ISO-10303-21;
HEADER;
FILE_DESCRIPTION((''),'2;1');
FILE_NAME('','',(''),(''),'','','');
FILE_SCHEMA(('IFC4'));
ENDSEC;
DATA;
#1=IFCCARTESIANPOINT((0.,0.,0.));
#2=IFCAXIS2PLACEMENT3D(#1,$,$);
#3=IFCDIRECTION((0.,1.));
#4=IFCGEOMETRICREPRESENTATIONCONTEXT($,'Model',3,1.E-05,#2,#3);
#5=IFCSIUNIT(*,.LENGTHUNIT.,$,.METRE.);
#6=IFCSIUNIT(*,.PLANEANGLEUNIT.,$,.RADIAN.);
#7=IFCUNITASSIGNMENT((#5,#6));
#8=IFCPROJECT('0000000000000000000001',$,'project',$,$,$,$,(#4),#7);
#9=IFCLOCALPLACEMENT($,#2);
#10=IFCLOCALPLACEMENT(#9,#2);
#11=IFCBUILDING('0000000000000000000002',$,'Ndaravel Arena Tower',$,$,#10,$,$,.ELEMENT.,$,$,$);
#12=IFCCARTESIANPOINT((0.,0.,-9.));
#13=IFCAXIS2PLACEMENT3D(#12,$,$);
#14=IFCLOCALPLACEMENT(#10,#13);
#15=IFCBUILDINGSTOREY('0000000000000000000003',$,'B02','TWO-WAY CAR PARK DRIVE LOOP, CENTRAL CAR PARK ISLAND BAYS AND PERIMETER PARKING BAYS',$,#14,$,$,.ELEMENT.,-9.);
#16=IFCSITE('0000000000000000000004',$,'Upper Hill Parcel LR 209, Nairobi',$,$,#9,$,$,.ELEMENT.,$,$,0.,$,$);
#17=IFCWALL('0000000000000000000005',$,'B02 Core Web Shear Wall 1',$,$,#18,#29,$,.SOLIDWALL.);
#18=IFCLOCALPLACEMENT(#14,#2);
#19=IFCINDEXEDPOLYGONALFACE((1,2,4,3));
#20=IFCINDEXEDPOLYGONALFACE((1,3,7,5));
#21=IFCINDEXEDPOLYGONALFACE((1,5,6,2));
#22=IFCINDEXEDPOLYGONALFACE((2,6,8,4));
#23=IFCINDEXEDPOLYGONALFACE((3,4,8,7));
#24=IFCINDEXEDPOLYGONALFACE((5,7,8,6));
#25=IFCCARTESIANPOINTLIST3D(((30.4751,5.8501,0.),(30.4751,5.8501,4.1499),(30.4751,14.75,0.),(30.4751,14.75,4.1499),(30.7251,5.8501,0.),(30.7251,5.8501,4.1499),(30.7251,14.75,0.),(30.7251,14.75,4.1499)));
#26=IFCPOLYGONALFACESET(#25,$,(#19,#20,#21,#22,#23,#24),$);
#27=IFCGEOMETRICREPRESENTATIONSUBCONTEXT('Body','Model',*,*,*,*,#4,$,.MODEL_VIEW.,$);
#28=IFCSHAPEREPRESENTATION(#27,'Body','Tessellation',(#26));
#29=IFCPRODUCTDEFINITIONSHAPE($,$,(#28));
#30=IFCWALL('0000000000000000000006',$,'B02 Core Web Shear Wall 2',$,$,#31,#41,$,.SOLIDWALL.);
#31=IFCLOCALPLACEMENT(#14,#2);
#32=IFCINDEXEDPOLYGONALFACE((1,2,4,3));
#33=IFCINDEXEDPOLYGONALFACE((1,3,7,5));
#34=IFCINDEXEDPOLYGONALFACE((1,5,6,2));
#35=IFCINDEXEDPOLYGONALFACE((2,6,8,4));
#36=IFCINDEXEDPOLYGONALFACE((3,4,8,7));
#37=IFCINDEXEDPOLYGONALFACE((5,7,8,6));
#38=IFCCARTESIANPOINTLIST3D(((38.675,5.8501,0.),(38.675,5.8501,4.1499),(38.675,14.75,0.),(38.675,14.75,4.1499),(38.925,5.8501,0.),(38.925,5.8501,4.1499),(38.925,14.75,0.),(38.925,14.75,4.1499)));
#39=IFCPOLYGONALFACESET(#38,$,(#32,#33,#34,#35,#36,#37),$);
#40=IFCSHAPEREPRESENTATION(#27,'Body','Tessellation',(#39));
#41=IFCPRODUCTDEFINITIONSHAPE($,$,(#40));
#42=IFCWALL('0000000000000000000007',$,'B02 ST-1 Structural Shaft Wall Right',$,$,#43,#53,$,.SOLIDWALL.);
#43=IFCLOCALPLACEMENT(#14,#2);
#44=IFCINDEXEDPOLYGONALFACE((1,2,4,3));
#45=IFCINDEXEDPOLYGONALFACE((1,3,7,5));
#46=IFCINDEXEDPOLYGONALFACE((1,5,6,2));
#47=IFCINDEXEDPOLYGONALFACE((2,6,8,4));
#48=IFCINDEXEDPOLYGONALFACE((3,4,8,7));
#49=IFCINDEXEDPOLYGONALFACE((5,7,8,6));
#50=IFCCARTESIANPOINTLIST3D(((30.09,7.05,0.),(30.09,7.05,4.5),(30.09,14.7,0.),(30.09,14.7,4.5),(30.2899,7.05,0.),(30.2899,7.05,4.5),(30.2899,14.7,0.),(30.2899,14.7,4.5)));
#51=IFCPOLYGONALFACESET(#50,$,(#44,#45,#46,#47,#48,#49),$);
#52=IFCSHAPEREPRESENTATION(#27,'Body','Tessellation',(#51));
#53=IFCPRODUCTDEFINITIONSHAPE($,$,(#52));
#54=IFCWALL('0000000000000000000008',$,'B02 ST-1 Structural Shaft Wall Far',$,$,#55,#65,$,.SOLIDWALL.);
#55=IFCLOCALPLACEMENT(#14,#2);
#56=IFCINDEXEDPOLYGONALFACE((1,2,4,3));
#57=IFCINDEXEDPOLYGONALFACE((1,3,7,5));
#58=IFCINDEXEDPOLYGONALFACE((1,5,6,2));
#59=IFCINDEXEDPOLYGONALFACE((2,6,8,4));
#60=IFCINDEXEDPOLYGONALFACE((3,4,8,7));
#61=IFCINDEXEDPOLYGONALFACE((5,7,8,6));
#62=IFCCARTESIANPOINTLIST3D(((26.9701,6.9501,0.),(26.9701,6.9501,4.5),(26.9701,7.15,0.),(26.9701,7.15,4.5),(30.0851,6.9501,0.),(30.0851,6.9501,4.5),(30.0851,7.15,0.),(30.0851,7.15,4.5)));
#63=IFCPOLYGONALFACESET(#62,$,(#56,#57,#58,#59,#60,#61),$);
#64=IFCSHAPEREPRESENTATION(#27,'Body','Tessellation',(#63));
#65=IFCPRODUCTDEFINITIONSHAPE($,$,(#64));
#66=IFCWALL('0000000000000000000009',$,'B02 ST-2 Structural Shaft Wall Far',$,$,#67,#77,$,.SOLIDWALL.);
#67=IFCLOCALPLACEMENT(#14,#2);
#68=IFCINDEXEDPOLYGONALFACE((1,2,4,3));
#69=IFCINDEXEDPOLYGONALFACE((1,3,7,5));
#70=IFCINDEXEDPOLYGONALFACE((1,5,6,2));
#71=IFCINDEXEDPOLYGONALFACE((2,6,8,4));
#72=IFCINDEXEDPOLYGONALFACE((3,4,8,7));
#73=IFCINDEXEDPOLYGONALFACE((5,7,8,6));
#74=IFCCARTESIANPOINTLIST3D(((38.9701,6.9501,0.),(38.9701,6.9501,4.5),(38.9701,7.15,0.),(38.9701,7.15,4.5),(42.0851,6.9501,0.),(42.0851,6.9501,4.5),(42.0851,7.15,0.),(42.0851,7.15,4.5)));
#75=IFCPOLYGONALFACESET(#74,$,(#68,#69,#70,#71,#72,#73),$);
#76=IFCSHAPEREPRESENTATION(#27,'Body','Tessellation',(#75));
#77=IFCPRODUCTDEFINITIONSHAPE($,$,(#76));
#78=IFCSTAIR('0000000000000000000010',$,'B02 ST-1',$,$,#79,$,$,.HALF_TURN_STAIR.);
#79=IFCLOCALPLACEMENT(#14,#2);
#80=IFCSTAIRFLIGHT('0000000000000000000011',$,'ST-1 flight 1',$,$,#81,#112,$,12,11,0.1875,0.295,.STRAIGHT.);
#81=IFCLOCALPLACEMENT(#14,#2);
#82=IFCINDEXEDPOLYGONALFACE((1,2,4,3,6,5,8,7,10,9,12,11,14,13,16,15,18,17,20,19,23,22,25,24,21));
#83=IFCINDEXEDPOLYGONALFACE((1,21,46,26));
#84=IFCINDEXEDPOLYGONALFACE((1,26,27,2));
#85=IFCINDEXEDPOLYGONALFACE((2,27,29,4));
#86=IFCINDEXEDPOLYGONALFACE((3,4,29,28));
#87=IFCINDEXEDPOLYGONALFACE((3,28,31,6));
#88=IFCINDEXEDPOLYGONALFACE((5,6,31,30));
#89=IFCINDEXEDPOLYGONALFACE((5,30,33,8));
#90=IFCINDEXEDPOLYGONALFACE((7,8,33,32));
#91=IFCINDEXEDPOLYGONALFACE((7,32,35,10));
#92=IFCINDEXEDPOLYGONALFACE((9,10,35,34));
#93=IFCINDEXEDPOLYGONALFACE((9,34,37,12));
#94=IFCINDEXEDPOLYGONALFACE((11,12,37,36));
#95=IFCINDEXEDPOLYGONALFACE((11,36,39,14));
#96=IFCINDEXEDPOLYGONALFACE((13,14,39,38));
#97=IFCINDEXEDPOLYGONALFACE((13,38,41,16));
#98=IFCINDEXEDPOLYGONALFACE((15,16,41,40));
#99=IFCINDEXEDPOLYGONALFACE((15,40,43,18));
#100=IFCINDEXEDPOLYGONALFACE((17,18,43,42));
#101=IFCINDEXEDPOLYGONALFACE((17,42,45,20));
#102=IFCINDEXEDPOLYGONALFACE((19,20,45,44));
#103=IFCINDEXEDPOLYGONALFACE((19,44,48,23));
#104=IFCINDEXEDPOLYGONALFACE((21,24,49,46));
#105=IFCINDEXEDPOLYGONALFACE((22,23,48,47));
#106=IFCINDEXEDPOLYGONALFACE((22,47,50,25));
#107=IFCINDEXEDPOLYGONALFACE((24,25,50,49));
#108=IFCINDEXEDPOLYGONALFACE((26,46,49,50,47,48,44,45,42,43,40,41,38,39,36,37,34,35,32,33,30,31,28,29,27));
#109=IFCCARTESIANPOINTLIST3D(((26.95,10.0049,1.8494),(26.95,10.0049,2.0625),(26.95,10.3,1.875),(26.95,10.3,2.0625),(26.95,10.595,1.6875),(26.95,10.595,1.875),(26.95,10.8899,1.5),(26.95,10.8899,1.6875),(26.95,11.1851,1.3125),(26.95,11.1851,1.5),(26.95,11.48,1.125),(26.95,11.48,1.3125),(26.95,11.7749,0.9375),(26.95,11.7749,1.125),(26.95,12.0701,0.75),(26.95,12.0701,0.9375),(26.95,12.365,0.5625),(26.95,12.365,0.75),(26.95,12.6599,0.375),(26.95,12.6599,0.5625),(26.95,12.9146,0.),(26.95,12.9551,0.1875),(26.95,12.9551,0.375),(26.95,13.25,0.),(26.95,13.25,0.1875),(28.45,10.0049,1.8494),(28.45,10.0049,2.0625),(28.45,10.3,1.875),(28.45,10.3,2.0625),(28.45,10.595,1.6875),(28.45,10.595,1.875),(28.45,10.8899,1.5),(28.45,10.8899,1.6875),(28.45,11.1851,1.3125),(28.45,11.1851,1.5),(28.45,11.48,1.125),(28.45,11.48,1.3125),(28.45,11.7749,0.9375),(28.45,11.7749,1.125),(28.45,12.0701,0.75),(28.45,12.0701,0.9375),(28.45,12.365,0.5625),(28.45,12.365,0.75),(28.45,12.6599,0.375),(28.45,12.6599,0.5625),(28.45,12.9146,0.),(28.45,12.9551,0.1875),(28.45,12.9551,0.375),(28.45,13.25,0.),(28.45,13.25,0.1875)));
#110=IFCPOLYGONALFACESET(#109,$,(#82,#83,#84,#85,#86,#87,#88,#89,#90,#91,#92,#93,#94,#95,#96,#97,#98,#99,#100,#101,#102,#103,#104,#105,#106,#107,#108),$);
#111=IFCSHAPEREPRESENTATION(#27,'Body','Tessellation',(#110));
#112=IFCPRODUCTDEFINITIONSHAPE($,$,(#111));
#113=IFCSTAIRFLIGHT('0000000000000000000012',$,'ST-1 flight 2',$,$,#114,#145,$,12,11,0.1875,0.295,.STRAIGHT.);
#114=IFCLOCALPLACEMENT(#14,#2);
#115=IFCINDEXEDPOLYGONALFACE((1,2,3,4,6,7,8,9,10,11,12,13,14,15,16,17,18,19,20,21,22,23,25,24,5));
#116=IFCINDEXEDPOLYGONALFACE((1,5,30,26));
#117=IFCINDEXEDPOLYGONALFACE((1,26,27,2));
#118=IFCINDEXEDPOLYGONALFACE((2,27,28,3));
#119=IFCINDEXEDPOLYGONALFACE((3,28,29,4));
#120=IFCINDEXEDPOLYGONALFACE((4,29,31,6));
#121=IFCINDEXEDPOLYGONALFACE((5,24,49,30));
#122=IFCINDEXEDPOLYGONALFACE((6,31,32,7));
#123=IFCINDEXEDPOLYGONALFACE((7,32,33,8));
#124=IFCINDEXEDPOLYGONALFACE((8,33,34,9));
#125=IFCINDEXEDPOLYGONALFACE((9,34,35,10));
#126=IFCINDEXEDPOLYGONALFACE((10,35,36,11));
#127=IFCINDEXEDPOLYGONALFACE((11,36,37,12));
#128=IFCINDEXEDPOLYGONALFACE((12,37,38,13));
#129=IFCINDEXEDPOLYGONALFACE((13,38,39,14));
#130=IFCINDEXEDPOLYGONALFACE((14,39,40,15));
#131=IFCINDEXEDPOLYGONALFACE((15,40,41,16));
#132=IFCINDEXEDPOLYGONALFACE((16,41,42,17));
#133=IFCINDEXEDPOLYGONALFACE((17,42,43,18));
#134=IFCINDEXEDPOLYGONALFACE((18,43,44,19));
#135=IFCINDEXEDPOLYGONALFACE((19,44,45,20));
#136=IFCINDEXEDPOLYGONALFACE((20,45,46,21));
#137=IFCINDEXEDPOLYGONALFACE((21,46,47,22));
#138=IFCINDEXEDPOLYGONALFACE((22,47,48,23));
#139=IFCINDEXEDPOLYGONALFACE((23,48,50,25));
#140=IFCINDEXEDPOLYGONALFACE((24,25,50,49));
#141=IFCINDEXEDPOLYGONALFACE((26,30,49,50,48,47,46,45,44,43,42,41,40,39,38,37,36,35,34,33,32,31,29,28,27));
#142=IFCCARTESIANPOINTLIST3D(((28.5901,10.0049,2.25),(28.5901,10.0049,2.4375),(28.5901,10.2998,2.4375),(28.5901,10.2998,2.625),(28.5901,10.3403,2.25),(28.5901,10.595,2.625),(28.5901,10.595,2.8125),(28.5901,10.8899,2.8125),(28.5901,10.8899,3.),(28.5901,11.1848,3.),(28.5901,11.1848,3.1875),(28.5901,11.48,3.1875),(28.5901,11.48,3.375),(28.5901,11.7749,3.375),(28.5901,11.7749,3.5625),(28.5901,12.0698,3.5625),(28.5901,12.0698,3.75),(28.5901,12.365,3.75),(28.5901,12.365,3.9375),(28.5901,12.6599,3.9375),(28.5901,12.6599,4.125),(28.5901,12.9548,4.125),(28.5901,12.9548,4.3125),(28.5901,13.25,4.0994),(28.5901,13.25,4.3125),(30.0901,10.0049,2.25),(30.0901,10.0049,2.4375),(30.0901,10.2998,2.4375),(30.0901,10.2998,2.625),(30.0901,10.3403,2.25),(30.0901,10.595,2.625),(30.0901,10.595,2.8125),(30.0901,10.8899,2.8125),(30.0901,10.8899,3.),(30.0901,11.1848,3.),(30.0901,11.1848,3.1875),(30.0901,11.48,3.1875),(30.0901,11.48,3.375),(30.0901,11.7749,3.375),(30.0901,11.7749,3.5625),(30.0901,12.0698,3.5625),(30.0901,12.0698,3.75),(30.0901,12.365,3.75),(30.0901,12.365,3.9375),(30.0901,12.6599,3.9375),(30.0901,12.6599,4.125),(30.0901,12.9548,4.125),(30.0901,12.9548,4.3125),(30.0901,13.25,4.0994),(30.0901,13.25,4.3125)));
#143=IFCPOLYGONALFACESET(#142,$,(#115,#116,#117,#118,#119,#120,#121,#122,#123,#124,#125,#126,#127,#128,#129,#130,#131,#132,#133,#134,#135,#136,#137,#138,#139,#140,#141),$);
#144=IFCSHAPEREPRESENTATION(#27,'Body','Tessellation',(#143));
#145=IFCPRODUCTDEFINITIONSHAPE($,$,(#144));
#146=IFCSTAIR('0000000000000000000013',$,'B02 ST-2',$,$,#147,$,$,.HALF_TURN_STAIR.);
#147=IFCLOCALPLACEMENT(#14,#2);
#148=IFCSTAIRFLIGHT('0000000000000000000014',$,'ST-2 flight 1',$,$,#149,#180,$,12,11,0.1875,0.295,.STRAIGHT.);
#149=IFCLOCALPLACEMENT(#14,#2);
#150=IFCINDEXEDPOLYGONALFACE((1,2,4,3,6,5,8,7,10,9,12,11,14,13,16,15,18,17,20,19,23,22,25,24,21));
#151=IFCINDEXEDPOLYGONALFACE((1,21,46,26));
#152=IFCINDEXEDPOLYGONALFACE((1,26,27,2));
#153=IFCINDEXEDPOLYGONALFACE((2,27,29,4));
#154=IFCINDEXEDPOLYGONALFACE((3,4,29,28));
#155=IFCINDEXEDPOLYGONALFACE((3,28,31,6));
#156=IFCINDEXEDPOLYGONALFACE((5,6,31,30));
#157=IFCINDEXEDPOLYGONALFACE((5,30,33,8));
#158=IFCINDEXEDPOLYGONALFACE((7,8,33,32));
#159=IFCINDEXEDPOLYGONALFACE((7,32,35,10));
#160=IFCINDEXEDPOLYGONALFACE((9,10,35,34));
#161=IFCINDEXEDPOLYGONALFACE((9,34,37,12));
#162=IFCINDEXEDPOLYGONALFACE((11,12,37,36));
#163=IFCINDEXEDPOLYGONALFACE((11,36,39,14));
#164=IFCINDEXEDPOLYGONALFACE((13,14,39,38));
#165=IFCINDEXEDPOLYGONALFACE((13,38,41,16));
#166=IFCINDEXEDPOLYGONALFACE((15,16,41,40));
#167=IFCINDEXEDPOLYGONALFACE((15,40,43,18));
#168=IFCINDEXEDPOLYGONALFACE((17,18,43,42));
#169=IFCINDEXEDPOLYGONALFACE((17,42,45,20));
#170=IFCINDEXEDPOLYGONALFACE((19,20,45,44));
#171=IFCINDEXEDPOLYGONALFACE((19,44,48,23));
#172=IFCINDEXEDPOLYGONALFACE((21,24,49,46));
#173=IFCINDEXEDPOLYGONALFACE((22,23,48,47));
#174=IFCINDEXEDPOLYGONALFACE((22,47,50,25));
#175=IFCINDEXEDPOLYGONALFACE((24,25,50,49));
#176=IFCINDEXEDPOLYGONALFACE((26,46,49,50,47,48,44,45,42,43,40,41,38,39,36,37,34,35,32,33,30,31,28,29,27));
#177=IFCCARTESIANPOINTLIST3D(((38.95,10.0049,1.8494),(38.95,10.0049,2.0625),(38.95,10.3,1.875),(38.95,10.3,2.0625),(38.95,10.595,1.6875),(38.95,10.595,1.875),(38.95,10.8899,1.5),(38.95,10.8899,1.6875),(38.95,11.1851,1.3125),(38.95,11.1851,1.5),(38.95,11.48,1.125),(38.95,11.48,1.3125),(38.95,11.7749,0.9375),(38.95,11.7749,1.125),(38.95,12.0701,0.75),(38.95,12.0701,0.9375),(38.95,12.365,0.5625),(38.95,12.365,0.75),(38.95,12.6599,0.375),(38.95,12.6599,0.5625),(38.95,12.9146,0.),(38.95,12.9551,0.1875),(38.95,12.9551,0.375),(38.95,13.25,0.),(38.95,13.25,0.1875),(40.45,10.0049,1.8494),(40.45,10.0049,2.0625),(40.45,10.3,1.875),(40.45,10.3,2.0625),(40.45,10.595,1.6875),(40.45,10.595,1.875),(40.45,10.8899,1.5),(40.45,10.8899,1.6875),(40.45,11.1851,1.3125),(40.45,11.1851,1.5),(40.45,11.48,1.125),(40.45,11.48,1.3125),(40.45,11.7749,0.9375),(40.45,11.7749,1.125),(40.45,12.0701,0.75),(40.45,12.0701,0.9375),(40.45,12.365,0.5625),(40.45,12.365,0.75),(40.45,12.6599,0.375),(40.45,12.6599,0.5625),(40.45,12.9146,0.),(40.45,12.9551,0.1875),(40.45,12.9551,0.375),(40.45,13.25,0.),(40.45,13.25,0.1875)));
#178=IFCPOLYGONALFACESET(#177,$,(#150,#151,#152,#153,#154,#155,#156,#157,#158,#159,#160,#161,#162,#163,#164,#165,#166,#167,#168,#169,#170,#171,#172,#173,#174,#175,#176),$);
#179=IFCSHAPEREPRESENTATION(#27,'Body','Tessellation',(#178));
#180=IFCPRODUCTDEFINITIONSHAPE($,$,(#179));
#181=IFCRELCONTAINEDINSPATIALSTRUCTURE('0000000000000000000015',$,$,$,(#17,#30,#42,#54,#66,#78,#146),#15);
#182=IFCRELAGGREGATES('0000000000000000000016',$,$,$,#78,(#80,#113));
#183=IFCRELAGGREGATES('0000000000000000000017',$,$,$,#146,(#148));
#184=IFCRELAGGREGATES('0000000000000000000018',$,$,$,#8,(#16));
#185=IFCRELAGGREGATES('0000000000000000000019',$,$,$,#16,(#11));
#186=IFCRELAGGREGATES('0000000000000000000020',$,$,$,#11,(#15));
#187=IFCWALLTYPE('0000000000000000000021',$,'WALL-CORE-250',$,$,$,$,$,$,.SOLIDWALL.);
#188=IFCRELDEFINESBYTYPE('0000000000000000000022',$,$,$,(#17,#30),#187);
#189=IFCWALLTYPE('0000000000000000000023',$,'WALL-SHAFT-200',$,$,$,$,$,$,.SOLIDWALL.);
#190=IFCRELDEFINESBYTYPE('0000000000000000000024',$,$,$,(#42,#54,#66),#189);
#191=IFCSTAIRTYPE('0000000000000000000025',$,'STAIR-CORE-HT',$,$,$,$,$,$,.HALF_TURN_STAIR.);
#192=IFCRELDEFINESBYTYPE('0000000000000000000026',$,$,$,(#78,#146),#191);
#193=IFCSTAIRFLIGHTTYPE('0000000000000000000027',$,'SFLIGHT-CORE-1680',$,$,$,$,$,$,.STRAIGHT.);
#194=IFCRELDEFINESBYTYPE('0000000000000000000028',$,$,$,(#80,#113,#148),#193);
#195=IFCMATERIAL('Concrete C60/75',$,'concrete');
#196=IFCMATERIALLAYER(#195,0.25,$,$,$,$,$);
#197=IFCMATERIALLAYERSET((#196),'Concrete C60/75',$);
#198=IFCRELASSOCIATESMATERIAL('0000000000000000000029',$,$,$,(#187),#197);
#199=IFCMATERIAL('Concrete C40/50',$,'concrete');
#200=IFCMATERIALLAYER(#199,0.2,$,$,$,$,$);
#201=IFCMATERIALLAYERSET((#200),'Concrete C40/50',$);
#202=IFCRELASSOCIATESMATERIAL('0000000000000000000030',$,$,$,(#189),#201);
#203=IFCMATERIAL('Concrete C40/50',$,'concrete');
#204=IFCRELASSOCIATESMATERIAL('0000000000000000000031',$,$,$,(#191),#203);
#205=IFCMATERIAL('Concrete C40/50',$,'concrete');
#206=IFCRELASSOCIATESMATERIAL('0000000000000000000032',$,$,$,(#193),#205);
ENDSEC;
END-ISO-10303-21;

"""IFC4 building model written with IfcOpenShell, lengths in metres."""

from ifc_helpers import new_model, si_unit, direction, frame, frame_2d, origin, place, context, subcontext, project, spatial, polyline, rectangle, outline, extrude, material, layer, layer_set, type_object, element, aggregate, save


model = new_model("IFC4")

# Units and contexts
model_context = context("Model", 3, precision=1e-05, world=origin(), true_north=direction((0.0, 1.0)))
body_context = subcontext(model_context, "Body", "Model", "MODEL_VIEW")
ifc_project = project(units=[si_unit("LENGTHUNIT", "METRE"), si_unit("PLANEANGLEUNIT", "RADIAN")], contexts=[model_context])

# Site, building, storey
site_placement = place(None, origin())
site = spatial("IfcSite", under=ifc_project, at=site_placement, Name="Upper Hill Parcel LR 209, Nairobi", CompositionType="ELEMENT", RefElevation=0.0)
building_placement = place(site_placement, origin())
building = spatial("IfcBuilding", under=site, at=building_placement, Name="Ndaravel Arena Tower", CompositionType="ELEMENT")
storey_placement = place(building_placement, frame((0.0, 0.0, -9.0)))
storey = spatial("IfcBuildingStorey", under=building, at=storey_placement, Name="B02", Description="TWO-WAY CAR PARK DRIVE LOOP, CENTRAL CAR PARK ISLAND BAYS AND PERIMETER PARKING BAYS", CompositionType="ELEMENT", Elevation=-9.0)

# Walls
ifc_material_1 = material(Name="Concrete C60/75", Category="concrete")
ifc_layer_1 = layer(ifc_material_1, 0.25)
ifc_layer_set_1 = layer_set([ifc_layer_1], Name="Concrete C60/75")
wall_type_1 = type_object("IfcWallType", Name="WALL-CORE-250", PredefinedType="SOLIDWALL", material=ifc_layer_set_1)
for number, where, z_axis, x_axis, name in (
    (1, (30.6001, 5.8501, 0.0), (0.0, 0.0, 1.0), (0.0, 1.0, 0.0), "B02 Core Web Shear Wall 1"),
    (2, (38.8, 5.8501, 0.0), (0.0, 0.0, 1.0), (0.0, 1.0, 0.0), "B02 Core Web Shear Wall 2"),
):
    element("IfcWall", number, at=place(storey_placement, frame(where, z_axis=z_axis, x_axis=x_axis)), inside=storey, type_object=wall_type_1, Name=name, PredefinedType="SOLIDWALL", context=body_context, shape_type="SweptSolid", body=[
        extrude(rectangle(XDim=8.8999, YDim=0.25, at=frame_2d((4.45, 0.0))), origin(), (0.0, 0.0, 1.0), 4.1499),
    ])
ifc_material_2 = material(Name="Concrete C40/50", Category="concrete")
ifc_layer_2 = layer(ifc_material_2, 0.2)
ifc_layer_set_2 = layer_set([ifc_layer_2], Name="Concrete C40/50")
wall_type_2 = type_object("IfcWallType", Name="WALL-SHAFT-200", PredefinedType="SOLIDWALL", material=ifc_layer_set_2)
wall_placement = place(storey_placement, frame((30.1899, 14.7, 0.0), z_axis=(0.0, 0.0, 1.0), x_axis=(0.0, -1.0, 0.0)))
element("IfcWall", 3, at=wall_placement, inside=storey, type_object=wall_type_2, Name="B02 ST-1 Structural Shaft Wall Right", PredefinedType="SOLIDWALL", context=body_context, shape_type="SweptSolid", body=[
    extrude(rectangle(XDim=7.6499, YDim=0.2, at=frame_2d((3.825, 0.0))), origin(), (0.0, 0.0, 1.0), 4.5),
])
for number, where, z_axis, x_axis, name in (
    (4, (26.97, 7.05, 0.0), (0.0, 0.0, 1.0), (1.0, 0.0, 0.0), "B02 ST-1 Structural Shaft Wall Far"),
    (5, (38.97, 7.05, 0.0), (0.0, 0.0, 1.0), (1.0, 0.0, 0.0), "B02 ST-2 Structural Shaft Wall Far"),
):
    element("IfcWall", number, at=place(storey_placement, frame(where, z_axis=z_axis, x_axis=x_axis)), inside=storey, type_object=wall_type_2, Name=name, PredefinedType="SOLIDWALL", context=body_context, shape_type="SweptSolid", body=[
        extrude(rectangle(XDim=3.115, YDim=0.2, at=frame_2d((1.5576, 0.0))), origin(), (0.0, 0.0, 1.0), 4.5),
    ])

# Stair, stair flights
ifc_material_3 = material(Name="Concrete C40/50", Category="concrete")
stair_type = type_object("IfcStairType", Name="STAIR-CORE-HT", PredefinedType="HALF_TURN_STAIR", material=ifc_material_3)
stair_1_placement = place(storey_placement, origin())
stair_1 = element("IfcStair", 6, at=stair_1_placement, inside=storey, type_object=stair_type, Name="B02 ST-1", PredefinedType="HALF_TURN_STAIR")
ifc_material_4 = material(Name="Concrete C40/50", Category="concrete")
stair_flight_type = type_object("IfcStairFlightType", Name="SFLIGHT-CORE-1680", PredefinedType="STRAIGHT", material=ifc_material_4)
stair_flight_1_placement = place(storey_placement, frame((27.7, 13.25, 0.0), z_axis=(0.0, 0.0, 1.0), x_axis=(0.0, -1.0, 0.0)))
stair_flight_1 = element("IfcStairFlight", 7, at=stair_flight_1_placement, type_object=stair_flight_type, Name="ST-1 flight 1", NumberOfRisers=12, NumberOfTreads=11, PredefinedType="STRAIGHT", RiserHeight=0.1875, TreadLength=0.295, context=body_context, shape_type="SweptSolid", body=[
    extrude(outline(polyline([(0.0, 0.0), (0.0, 0.1875), (0.2949, 0.1875), (0.2949, 0.375), (0.5901, 0.375), (0.5901, 0.5625), (0.885, 0.5625), (0.885, 0.75), (1.1799, 0.75), (1.1799, 0.9375), (1.4751, 0.9375), (1.4751, 1.125), (1.77, 1.125), (1.77, 1.3125), (2.0649, 1.3125), (2.0649, 1.5), (2.3601, 1.5), (2.3601, 1.6875), (2.655, 1.6875), (2.655, 1.875), (2.95, 1.875), (2.95, 2.0625), (3.2451, 2.0625), (3.2451, 2.25), (3.2451, 1.8494), (0.3354, 0.0), (0.0, 0.0)])), frame((0.0, 0.75, 0.0), z_axis=(0.0, -1.0, 0.0), x_axis=(1.0, 0.0, 0.0)), (0.0, 0.0, 1.0), 1.5),
])
stair_flight_2_placement = place(storey_placement, frame((29.3401, 10.0049, 2.25), z_axis=(0.0, 0.0, 1.0), x_axis=(0.0, 1.0, 0.0)))
stair_flight_2 = element("IfcStairFlight", 8, at=stair_flight_2_placement, type_object=stair_flight_type, Name="ST-1 flight 2", NumberOfRisers=12, NumberOfTreads=11, PredefinedType="STRAIGHT", RiserHeight=0.1875, TreadLength=0.295, context=body_context, shape_type="SweptSolid", body=[
    extrude(outline(polyline([(0.0, 0.0), (0.0, 0.1875), (0.2949, 0.1875), (0.2949, 0.375), (0.5901, 0.375), (0.5901, 0.5625), (0.885, 0.5625), (0.885, 0.75), (1.1799, 0.75), (1.1799, 0.9375), (1.4751, 0.9375), (1.4751, 1.125), (1.77, 1.125), (1.77, 1.3125), (2.0649, 1.3125), (2.0649, 1.5), (2.3601, 1.5), (2.3601, 1.6875), (2.655, 1.6875), (2.655, 1.875), (2.95, 1.875), (2.95, 2.0625), (3.2451, 2.0625), (3.2451, 2.25), (3.2451, 1.8494), (0.3354, 0.0), (0.0, 0.0)])), frame((0.0, 0.75, 0.0), z_axis=(0.0, -1.0, 0.0), x_axis=(1.0, 0.0, 0.0)), (0.0, 0.0, 1.0), 1.5),
])
aggregate(stair_1, [stair_flight_1, stair_flight_2])

# Stair, stair flight
stair_2_placement = place(storey_placement, origin())
stair_2 = element("IfcStair", 9, at=stair_2_placement, inside=storey, type_object=stair_type, Name="B02 ST-2", PredefinedType="HALF_TURN_STAIR")
stair_flight_3_placement = place(storey_placement, frame((39.7, 13.25, 0.0), z_axis=(0.0, 0.0, 1.0), x_axis=(0.0, -1.0, 0.0)))
stair_flight_3 = element("IfcStairFlight", 10, at=stair_flight_3_placement, type_object=stair_flight_type, Name="ST-2 flight 1", NumberOfRisers=12, NumberOfTreads=11, PredefinedType="STRAIGHT", RiserHeight=0.1875, TreadLength=0.295, context=body_context, shape_type="SweptSolid", body=[
    extrude(outline(polyline([(0.0, 0.0), (0.0, 0.1875), (0.2949, 0.1875), (0.2949, 0.375), (0.5901, 0.375), (0.5901, 0.5625), (0.885, 0.5625), (0.885, 0.75), (1.1799, 0.75), (1.1799, 0.9375), (1.4751, 0.9375), (1.4751, 1.125), (1.77, 1.125), (1.77, 1.3125), (2.0649, 1.3125), (2.0649, 1.5), (2.3601, 1.5), (2.3601, 1.6875), (2.655, 1.6875), (2.655, 1.875), (2.95, 1.875), (2.95, 2.0625), (3.2451, 2.0625), (3.2451, 2.25), (3.2451, 1.8494), (0.3354, 0.0), (0.0, 0.0)])), frame((0.0, 0.75, 0.0), z_axis=(0.0, -1.0, 0.0), x_axis=(1.0, 0.0, 0.0)), (0.0, 0.0, 1.0), 1.5),
])
aggregate(stair_2, [stair_flight_3])

save(model, "model.ifc")
